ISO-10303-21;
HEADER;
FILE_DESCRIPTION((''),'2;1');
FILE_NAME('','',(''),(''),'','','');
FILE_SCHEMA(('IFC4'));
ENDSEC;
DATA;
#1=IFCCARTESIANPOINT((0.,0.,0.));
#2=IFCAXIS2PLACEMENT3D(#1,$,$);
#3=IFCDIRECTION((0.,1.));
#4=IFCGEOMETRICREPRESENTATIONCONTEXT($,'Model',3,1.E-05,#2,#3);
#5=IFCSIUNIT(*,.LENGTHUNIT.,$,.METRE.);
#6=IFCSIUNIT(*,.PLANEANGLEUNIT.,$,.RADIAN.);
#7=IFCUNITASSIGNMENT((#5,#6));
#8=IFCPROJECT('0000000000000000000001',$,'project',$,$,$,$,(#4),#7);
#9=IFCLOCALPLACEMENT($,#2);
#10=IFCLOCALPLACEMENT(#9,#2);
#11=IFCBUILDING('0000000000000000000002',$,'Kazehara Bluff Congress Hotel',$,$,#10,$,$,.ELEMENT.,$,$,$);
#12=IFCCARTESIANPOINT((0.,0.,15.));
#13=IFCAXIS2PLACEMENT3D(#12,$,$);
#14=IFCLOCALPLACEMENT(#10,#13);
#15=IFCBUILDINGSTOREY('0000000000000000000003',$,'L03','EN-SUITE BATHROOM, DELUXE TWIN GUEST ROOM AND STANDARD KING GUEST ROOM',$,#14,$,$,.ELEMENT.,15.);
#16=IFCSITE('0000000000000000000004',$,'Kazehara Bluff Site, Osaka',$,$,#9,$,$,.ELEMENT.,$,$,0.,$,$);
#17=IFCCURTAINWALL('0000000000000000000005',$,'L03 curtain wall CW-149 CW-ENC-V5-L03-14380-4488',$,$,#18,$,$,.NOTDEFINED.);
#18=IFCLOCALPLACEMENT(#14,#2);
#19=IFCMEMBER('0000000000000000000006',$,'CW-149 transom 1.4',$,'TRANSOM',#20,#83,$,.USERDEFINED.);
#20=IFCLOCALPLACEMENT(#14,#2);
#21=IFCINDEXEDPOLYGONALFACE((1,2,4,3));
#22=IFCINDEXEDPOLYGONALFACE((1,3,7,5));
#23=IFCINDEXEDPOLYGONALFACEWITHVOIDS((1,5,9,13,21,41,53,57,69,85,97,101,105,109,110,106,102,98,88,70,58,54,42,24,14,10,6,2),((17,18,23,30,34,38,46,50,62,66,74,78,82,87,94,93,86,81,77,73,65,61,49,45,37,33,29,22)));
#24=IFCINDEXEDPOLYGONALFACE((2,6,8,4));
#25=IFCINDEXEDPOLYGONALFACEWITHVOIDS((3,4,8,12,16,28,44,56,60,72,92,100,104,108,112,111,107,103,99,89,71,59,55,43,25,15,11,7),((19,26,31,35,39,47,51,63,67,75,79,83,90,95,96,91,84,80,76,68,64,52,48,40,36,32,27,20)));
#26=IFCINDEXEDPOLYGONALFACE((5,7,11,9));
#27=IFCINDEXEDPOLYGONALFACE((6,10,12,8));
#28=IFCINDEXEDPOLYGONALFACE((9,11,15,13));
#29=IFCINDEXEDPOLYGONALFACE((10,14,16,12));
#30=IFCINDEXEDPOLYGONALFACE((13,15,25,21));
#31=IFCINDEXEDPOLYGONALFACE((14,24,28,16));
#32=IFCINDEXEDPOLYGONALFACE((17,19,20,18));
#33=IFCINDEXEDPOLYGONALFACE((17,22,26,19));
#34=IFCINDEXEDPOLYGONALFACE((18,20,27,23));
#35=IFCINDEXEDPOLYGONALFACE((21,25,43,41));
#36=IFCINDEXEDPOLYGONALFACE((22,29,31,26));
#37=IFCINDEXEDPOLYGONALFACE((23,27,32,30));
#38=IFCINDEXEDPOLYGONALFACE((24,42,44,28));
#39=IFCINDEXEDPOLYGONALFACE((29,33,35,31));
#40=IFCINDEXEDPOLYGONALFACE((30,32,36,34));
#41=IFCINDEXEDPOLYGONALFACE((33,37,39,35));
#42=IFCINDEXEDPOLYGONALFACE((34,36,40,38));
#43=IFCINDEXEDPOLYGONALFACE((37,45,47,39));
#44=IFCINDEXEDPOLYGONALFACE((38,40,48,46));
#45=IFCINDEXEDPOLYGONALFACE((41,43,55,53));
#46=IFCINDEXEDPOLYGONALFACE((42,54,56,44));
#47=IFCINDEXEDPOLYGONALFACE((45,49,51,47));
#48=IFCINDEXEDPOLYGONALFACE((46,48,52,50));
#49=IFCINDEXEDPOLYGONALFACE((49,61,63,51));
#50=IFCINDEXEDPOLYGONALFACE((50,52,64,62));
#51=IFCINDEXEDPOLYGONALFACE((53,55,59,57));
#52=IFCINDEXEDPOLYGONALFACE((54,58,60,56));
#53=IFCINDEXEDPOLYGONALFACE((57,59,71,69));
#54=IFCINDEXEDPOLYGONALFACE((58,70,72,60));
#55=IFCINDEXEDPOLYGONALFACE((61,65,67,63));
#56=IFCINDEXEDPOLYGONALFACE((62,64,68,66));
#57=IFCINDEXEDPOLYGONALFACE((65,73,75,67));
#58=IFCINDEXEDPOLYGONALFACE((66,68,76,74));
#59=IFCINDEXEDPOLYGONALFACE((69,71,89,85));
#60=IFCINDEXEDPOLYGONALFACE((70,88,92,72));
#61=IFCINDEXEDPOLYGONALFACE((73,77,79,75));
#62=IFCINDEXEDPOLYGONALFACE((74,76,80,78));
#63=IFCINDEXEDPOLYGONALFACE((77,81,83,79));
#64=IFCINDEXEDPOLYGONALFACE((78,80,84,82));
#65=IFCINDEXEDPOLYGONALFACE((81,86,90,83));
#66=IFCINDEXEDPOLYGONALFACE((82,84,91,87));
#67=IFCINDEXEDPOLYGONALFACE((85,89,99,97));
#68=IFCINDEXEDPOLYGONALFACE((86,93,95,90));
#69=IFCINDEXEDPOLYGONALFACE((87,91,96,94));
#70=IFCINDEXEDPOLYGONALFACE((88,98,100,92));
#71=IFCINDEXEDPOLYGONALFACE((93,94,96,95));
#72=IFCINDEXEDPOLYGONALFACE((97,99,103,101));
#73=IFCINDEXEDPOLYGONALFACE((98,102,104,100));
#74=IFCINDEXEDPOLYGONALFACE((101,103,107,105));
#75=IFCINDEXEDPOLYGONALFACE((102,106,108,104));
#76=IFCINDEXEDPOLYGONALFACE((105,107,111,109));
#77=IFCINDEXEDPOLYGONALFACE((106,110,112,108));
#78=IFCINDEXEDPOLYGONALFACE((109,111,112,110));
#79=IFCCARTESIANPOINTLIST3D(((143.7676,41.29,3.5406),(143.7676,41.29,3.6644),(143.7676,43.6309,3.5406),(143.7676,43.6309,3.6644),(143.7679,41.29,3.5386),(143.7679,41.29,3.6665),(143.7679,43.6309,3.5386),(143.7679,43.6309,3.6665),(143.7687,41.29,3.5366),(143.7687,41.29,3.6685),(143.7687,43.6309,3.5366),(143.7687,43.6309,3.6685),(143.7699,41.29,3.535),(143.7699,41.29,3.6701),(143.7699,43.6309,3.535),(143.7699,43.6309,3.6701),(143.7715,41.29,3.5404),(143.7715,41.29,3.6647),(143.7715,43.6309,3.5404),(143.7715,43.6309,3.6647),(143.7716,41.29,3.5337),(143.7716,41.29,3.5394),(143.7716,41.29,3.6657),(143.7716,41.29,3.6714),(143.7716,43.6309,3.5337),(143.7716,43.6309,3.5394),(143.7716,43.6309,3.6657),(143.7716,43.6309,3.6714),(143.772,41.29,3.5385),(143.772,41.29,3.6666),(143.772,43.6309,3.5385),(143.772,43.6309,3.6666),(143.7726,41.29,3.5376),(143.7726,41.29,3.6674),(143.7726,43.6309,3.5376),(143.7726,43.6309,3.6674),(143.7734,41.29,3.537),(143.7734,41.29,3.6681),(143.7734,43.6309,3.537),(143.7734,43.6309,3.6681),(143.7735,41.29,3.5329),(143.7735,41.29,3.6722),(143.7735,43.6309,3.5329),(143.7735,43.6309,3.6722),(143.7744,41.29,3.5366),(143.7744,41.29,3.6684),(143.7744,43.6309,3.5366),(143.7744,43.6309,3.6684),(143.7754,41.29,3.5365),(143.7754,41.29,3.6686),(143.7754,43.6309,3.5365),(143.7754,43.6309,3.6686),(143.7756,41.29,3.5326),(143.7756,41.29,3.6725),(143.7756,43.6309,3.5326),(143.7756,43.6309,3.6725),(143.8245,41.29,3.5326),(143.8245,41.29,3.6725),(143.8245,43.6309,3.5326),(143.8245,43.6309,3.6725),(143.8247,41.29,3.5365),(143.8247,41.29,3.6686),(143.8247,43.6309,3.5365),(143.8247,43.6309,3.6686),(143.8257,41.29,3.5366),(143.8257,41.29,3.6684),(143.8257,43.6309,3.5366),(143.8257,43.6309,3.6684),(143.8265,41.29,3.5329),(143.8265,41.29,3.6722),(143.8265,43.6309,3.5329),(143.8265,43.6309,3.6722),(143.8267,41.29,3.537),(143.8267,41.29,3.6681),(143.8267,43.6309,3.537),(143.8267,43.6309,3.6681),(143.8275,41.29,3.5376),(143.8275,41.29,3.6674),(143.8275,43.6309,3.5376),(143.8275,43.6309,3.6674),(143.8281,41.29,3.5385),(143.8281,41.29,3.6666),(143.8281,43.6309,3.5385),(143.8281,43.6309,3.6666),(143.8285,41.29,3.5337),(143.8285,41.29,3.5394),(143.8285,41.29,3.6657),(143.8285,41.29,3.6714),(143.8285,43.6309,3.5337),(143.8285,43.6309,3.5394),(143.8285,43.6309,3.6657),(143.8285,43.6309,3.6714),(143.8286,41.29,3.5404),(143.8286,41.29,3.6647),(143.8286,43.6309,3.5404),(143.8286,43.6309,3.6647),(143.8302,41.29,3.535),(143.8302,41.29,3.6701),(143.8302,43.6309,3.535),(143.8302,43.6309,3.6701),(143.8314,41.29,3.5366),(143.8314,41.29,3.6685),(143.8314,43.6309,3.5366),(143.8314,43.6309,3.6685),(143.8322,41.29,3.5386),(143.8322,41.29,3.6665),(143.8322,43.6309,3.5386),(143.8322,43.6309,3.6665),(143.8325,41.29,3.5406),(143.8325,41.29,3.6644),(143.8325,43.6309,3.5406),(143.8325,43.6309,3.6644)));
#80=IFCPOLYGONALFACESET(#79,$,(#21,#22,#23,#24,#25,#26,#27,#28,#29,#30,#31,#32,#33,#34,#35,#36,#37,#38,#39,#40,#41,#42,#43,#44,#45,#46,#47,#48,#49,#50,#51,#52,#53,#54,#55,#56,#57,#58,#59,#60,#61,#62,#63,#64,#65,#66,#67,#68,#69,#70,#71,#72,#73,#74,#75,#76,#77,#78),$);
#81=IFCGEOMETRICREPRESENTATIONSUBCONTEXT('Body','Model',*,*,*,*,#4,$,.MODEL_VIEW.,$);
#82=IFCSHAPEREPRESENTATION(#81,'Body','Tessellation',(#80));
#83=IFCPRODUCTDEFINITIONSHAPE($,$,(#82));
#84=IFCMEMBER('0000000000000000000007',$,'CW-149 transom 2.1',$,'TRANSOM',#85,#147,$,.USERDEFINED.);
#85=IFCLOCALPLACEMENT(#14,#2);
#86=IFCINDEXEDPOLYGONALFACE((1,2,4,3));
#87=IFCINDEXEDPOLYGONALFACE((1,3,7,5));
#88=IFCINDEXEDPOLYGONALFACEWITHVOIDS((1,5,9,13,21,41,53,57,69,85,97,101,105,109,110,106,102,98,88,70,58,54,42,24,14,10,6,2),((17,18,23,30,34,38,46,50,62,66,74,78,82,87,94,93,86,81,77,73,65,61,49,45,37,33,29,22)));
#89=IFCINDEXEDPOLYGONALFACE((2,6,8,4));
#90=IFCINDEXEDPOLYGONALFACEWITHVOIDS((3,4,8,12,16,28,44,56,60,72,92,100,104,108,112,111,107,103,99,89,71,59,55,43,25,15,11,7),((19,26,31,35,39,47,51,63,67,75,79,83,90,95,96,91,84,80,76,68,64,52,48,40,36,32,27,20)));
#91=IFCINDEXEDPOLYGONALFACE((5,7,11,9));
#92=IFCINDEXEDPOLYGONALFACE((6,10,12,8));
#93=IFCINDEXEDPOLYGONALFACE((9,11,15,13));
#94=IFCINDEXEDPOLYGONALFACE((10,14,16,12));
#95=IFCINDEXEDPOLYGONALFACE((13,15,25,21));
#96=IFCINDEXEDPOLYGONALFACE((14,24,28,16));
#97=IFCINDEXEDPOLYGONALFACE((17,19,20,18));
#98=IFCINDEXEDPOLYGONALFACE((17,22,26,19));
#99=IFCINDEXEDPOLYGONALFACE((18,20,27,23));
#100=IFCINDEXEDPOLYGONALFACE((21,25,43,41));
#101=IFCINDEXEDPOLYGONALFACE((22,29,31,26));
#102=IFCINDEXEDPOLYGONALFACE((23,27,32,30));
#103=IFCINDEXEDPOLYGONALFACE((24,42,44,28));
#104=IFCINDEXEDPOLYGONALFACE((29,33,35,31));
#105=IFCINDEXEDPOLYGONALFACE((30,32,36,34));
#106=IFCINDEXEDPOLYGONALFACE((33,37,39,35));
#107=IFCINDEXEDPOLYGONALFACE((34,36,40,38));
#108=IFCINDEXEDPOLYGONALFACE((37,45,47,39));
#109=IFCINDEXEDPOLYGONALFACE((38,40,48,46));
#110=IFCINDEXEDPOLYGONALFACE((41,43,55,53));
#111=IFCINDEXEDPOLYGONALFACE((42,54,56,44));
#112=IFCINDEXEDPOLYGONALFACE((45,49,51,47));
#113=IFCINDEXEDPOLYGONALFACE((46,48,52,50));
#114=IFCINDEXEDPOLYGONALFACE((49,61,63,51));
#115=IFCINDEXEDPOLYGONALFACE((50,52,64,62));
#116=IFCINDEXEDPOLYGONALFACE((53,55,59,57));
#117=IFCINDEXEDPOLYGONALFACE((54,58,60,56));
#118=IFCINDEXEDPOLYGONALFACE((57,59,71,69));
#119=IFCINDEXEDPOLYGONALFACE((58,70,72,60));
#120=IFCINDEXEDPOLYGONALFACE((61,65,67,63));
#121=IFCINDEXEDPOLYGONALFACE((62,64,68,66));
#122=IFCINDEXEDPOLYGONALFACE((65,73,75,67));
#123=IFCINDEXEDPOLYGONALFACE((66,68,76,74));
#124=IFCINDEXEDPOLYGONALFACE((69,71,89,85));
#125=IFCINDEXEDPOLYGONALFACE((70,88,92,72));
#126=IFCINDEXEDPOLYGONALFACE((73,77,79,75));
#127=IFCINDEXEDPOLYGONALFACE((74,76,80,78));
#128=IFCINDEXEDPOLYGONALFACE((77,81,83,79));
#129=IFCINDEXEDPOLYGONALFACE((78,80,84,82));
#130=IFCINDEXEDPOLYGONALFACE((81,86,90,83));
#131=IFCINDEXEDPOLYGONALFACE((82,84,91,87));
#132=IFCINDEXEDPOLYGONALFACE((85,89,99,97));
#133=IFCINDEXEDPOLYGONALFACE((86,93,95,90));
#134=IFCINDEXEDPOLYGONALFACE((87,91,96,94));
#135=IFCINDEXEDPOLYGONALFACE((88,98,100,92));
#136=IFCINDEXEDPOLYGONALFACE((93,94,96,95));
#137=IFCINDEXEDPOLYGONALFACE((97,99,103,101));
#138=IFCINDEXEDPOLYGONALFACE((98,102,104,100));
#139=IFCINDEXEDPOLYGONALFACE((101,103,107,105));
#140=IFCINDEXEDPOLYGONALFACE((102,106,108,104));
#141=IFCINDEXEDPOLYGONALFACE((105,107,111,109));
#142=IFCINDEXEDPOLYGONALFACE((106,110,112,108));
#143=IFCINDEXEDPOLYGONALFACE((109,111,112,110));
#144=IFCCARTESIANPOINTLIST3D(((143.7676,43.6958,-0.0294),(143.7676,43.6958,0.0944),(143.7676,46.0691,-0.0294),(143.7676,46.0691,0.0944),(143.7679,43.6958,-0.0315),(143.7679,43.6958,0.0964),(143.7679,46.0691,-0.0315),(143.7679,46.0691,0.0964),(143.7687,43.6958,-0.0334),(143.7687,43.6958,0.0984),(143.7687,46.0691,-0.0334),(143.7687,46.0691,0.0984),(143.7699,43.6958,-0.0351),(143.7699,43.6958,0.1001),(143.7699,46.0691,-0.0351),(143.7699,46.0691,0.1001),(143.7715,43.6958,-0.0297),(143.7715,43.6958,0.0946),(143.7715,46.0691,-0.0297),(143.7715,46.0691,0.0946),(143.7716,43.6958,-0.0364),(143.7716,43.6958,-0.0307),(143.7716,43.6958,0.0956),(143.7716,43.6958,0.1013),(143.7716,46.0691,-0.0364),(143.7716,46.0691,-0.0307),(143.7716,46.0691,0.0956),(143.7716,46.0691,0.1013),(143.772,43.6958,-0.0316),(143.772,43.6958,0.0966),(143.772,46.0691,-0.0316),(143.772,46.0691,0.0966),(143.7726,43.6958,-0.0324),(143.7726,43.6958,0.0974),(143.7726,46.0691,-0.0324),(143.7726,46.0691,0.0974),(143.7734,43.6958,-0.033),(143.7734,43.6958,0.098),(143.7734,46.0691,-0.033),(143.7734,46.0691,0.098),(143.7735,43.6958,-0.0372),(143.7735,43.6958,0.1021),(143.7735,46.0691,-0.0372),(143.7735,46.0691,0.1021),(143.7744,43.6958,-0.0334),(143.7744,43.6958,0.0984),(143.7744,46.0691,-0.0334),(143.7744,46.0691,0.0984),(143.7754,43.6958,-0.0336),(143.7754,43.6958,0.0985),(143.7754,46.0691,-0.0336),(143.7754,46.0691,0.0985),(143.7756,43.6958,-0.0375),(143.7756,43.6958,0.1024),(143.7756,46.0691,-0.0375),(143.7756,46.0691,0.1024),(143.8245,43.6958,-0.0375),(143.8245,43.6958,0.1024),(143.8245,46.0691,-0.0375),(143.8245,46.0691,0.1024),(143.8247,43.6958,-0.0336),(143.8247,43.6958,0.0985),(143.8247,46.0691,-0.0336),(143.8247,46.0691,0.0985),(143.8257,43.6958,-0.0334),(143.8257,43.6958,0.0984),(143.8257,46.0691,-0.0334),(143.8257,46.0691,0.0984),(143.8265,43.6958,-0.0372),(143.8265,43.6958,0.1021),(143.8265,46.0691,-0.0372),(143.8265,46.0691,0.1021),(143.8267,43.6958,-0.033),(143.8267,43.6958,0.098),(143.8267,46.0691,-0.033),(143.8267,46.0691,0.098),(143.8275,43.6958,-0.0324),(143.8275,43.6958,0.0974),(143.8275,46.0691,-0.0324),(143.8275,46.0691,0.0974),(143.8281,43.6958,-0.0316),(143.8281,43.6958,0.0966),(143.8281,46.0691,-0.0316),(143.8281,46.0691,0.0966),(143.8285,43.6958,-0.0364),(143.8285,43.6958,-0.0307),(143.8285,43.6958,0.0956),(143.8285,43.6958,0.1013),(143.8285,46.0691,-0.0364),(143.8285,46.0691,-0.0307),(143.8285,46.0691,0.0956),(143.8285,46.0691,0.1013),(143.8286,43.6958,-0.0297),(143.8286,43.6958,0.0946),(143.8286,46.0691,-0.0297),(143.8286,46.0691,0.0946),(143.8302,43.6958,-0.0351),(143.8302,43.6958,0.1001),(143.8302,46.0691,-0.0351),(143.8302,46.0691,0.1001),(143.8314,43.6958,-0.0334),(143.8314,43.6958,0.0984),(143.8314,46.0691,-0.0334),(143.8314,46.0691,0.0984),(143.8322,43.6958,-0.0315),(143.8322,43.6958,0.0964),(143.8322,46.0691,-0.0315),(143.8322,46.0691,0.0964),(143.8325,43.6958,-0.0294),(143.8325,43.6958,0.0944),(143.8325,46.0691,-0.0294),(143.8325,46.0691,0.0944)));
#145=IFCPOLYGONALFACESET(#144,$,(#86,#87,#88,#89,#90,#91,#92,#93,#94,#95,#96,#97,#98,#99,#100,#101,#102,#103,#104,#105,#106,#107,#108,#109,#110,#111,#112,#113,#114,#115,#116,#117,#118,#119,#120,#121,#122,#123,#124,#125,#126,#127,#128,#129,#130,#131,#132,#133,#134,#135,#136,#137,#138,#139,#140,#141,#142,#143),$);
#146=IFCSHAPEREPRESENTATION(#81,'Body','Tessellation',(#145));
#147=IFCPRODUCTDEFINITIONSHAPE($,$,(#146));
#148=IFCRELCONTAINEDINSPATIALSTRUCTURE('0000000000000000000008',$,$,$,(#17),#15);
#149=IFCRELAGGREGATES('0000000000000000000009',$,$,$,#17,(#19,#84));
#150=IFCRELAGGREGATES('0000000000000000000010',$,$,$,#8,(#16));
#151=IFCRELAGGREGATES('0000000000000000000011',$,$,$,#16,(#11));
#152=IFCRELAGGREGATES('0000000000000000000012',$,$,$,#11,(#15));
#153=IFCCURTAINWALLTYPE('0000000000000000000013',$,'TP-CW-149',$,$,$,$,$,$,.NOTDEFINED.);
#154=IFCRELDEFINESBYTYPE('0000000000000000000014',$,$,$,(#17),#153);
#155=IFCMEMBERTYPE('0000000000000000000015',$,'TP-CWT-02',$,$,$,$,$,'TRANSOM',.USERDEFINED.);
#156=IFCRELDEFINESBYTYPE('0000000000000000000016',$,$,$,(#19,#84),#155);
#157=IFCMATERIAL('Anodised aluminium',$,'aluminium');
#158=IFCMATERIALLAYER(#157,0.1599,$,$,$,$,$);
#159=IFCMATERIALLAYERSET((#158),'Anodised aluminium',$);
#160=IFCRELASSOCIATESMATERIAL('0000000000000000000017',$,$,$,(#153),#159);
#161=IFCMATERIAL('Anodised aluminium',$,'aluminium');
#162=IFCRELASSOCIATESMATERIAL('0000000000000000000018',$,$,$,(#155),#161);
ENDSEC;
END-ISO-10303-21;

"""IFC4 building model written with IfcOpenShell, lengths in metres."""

from ifc_helpers import new_model, si_unit, direction, frame, origin, origin_2d, place, context, subcontext, project, spatial, hollow_rectangle, extrude, material, layer, layer_set, material_profile, profile_set, type_object, element, aggregate, save


model = new_model("IFC4")

# Units and contexts
model_context = context("Model", 3, precision=1e-05, world=origin(), true_north=direction((0.0, 1.0)))
body_context = subcontext(model_context, "Body", "Model", "MODEL_VIEW")
ifc_project = project(units=[si_unit("LENGTHUNIT", "METRE"), si_unit("PLANEANGLEUNIT", "RADIAN")], contexts=[model_context])

# Site, building, storey
site_placement = place(None, origin())
site = spatial("IfcSite", under=ifc_project, at=site_placement, Name="Kazehara Bluff Site, Osaka", CompositionType="ELEMENT", RefElevation=0.0)
building_placement = place(site_placement, origin())
building = spatial("IfcBuilding", under=site, at=building_placement, Name="Kazehara Bluff Congress Hotel", CompositionType="ELEMENT")
storey_placement = place(building_placement, frame((0.0, 0.0, 15.0)))
storey = spatial("IfcBuildingStorey", under=building, at=storey_placement, Name="L03", Description="EN-SUITE BATHROOM, DELUXE TWIN GUEST ROOM AND STANDARD KING GUEST ROOM", CompositionType="ELEMENT", Elevation=15.0)

# Curtain wall
ifc_material_1 = material(Name="Anodised aluminium", Category="aluminium")
ifc_layer_1 = layer(ifc_material_1, 0.1599)
ifc_layer_set_1 = layer_set([ifc_layer_1], Name="Anodised aluminium")
curtain_wall_type_1 = type_object("IfcCurtainWallType", Name="TP-CW-149", PredefinedType="NOTDEFINED", material=ifc_layer_set_1)
curtain_wall_1_placement = place(storey_placement, origin())
curtain_wall_1 = element("IfcCurtainWall", 1, at=curtain_wall_1_placement, inside=storey, type_object=curtain_wall_type_1, Name="L03 curtain wall CW-149 CW-ENC-V5-L03-14380-4488", PredefinedType="NOTDEFINED")

# Members
ifc_material_2 = material(Name="Anodised aluminium", Category="aluminium")
ifc_material_profile_1 = material_profile(ifc_material_2, hollow_rectangle(XDim=0.0649, YDim=0.1399, WallThickness=0.0039, InnerFilletRadius=0.0039, OuterFilletRadius=0.0081, at=origin_2d()))
ifc_profile_set_1 = profile_set([ifc_material_profile_1], Name="Anodised aluminium")
member_type_1 = type_object("IfcMemberType", Name="TP-CWT-02", ElementType="TRANSOM", PredefinedType="USERDEFINED", material=ifc_profile_set_1)
member_1_placement = place(storey_placement, frame((143.8, 41.29, 3.6025), z_axis=(0.0, 1.0, 0.0), x_axis=(-1.0, 0.0, 0.0)))
member_1 = element("IfcMember", 2, at=member_1_placement, type_object=member_type_1, Name="CW-149 transom 1.4", ObjectType="TRANSOM", PredefinedType="USERDEFINED", context=body_context, shape_type="SweptSolid", body=[
    extrude(hollow_rectangle(XDim=0.0649, YDim=0.1399, WallThickness=0.0039, InnerFilletRadius=0.0039, OuterFilletRadius=0.0081, at=origin_2d()), origin(), (0.0, 0.0, 1.0), 2.3408),
])
member_2_placement = place(storey_placement, frame((143.8, 43.6958, 0.0325), z_axis=(0.0, 1.0, 0.0), x_axis=(-1.0, 0.0, 0.0)))
member_2 = element("IfcMember", 3, at=member_2_placement, type_object=member_type_1, Name="CW-149 transom 2.1", ObjectType="TRANSOM", PredefinedType="USERDEFINED", context=body_context, shape_type="SweptSolid", body=[
    extrude(hollow_rectangle(XDim=0.0649, YDim=0.1399, WallThickness=0.0039, InnerFilletRadius=0.0039, OuterFilletRadius=0.0081, at=origin_2d()), origin(), (0.0, 0.0, 1.0), 2.3733),
])

aggregate(curtain_wall_1, [member_1, member_2])

save(model, "model.ifc")
